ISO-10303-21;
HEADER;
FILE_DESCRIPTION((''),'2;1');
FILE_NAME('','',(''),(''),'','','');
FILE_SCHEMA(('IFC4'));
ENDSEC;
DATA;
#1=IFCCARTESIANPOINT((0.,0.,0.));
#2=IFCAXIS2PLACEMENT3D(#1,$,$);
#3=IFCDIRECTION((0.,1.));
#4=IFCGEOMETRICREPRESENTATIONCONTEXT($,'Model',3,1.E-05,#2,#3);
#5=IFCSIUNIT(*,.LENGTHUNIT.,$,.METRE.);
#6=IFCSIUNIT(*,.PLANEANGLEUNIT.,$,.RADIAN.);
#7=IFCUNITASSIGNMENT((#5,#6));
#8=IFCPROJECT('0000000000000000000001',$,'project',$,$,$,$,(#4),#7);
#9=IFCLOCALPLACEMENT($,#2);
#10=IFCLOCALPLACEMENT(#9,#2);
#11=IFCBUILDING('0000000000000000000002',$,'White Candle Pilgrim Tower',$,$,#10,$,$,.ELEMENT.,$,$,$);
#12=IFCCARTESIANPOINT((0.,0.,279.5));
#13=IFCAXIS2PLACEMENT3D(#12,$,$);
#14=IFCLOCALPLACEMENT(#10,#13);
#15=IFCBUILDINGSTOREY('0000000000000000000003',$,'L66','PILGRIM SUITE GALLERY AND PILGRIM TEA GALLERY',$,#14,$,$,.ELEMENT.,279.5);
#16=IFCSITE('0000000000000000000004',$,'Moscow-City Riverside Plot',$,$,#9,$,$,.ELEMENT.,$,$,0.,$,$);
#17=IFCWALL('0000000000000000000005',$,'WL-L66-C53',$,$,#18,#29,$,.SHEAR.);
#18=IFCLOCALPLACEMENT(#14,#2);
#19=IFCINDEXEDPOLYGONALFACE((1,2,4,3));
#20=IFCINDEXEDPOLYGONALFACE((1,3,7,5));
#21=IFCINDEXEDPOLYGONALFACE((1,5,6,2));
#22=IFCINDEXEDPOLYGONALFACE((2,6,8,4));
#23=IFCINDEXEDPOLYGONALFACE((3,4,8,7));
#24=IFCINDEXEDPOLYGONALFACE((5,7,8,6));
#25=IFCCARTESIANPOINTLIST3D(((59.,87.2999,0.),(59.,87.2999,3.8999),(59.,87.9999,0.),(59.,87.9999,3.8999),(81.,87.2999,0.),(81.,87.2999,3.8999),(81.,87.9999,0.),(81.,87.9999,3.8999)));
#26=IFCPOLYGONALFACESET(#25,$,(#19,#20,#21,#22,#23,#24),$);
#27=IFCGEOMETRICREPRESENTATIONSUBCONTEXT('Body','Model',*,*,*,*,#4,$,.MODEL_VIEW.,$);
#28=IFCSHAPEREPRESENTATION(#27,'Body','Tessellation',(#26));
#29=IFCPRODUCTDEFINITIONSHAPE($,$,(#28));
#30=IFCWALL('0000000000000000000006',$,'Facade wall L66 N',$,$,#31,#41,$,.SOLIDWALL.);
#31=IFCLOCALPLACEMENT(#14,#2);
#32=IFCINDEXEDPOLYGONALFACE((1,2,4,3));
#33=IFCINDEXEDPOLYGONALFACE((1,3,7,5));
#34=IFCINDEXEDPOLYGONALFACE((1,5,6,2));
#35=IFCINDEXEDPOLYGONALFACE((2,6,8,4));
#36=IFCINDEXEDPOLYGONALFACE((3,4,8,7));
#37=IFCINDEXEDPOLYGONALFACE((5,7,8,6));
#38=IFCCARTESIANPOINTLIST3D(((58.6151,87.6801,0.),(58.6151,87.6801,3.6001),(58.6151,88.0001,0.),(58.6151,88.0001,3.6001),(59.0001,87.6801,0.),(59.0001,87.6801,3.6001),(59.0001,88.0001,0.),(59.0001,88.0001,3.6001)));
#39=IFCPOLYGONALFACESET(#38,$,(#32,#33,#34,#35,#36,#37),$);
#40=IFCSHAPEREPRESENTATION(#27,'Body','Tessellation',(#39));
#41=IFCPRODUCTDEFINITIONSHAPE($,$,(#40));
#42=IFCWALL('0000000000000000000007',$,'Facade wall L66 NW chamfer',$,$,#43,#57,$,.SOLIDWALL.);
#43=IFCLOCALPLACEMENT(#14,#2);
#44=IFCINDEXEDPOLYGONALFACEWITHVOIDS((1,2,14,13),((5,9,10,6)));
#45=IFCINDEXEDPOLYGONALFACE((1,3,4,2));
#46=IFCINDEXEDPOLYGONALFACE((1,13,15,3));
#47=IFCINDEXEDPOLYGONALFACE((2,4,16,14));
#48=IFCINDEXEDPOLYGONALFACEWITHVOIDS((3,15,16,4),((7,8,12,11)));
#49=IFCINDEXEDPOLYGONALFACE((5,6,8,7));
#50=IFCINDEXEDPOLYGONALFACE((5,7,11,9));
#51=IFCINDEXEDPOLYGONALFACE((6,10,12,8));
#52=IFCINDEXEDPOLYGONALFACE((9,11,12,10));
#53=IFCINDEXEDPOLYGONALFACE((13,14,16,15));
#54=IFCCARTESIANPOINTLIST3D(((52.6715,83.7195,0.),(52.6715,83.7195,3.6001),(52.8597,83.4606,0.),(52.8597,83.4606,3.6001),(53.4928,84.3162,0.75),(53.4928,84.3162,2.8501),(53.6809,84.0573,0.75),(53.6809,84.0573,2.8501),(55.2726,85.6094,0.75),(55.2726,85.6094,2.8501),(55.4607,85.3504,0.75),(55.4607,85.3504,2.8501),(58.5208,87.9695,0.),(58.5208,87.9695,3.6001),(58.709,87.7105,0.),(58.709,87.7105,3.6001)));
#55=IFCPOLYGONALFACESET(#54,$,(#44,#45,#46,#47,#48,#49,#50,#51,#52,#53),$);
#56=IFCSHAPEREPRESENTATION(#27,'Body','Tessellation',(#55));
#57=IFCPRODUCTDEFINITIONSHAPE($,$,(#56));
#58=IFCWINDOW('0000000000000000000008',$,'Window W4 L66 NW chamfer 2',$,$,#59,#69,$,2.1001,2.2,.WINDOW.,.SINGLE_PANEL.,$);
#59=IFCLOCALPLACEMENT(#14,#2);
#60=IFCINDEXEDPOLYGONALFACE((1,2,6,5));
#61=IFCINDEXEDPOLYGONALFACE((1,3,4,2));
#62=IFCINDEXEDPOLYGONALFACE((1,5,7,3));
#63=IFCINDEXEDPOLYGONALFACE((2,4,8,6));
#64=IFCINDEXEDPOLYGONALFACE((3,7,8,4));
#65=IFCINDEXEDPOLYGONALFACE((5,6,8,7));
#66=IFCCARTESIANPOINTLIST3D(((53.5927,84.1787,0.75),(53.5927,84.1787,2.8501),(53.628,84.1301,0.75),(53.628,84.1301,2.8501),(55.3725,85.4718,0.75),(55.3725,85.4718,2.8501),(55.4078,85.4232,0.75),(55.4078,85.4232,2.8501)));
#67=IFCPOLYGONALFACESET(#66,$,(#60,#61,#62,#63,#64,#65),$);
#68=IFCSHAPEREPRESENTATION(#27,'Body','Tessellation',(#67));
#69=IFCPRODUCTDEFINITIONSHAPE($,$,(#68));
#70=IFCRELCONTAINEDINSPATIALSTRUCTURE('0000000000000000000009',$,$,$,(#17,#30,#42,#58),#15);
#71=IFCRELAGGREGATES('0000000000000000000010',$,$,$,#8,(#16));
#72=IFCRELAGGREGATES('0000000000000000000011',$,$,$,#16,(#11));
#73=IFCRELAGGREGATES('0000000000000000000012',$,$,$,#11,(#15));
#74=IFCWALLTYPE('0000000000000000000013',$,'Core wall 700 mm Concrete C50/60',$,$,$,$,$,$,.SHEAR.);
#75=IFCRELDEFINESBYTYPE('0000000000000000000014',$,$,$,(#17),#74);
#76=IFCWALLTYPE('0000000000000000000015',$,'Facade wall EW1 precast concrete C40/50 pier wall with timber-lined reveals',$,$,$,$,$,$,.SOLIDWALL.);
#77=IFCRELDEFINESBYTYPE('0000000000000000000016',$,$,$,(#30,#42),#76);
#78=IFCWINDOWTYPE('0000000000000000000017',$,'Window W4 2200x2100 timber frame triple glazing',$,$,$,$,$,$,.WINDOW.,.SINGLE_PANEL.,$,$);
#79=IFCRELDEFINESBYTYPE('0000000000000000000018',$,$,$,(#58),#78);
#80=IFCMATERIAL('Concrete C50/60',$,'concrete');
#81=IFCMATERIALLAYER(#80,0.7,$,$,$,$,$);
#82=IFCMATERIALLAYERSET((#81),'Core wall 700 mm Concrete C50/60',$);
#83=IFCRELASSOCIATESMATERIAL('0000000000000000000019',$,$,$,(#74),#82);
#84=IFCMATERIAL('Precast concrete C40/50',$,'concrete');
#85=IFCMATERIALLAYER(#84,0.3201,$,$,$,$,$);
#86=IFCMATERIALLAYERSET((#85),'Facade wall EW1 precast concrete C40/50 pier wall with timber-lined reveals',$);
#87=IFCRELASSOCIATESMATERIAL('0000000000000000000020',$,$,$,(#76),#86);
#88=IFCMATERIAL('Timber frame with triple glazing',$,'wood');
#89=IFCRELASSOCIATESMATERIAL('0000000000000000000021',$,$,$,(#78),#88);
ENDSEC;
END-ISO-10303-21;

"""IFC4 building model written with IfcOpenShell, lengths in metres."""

from ifc_helpers import new_model, si_unit, direction, frame, frame_2d, origin, place, context, subcontext, project, spatial, rectangle, extrude, material, layer, layer_set, type_object, element, fill, save


model = new_model("IFC4")

# Units and contexts
model_context = context("Model", 3, precision=1e-05, world=origin(), true_north=direction((0.0, 1.0)))
body_context = subcontext(model_context, "Body", "Model", "MODEL_VIEW")
ifc_project = project(units=[si_unit("LENGTHUNIT", "METRE"), si_unit("PLANEANGLEUNIT", "RADIAN")], contexts=[model_context])

# Site, building, storey
site_placement = place(None, origin())
site = spatial("IfcSite", under=ifc_project, at=site_placement, Name="Moscow-City Riverside Plot", CompositionType="ELEMENT", RefElevation=0.0)
building_placement = place(site_placement, origin())
building = spatial("IfcBuilding", under=site, at=building_placement, Name="White Candle Pilgrim Tower", CompositionType="ELEMENT")
storey_placement = place(building_placement, frame((0.0, 0.0, 279.5)))
storey = spatial("IfcBuildingStorey", under=building, at=storey_placement, Name="L66", Description="PILGRIM SUITE GALLERY AND PILGRIM TEA GALLERY", CompositionType="ELEMENT", Elevation=279.5)

# Shared definitions
ifc_material_1 = material(Name="Concrete C50/60", Category="concrete")

# Walls
ifc_layer_1 = layer(ifc_material_1, 0.7)
ifc_layer_set_1 = layer_set([ifc_layer_1], Name="Core wall 700 mm Concrete C50/60")
wall_type_1 = type_object("IfcWallType", Name="Core wall 700 mm Concrete C50/60", PredefinedType="SHEAR", material=ifc_layer_set_1)
wall_1_placement = place(storey_placement, frame((59.0, 87.6499, 0.0), z_axis=(0.0, 0.0, 1.0), x_axis=(1.0, 0.0, 0.0)))
element("IfcWall", 1, at=wall_1_placement, inside=storey, type_object=wall_type_1, Name="WL-L66-C53", PredefinedType="SHEAR", context=body_context, shape_type="SweptSolid", body=[
    extrude(rectangle(XDim=22.0, YDim=0.7, at=frame_2d((11.0, 0.0))), origin(), (0.0, 0.0, 1.0), 3.8999),
])
ifc_material_2 = material(Name="Precast concrete C40/50", Category="concrete")
ifc_layer_2 = layer(ifc_material_2, 0.3201)
ifc_layer_set_2 = layer_set([ifc_layer_2], Name="Facade wall EW1 precast concrete C40/50 pier wall with timber-lined reveals")
wall_type_2 = type_object("IfcWallType", Name="Facade wall EW1 precast concrete C40/50 pier wall with timber-lined reveals", PredefinedType="SOLIDWALL", material=ifc_layer_set_2)
wall_2_placement = place(storey_placement, frame((59.0, 87.8401, 0.0), z_axis=(0.0, 0.0, 1.0), x_axis=(-1.0, 0.0, 0.0)))
element("IfcWall", 2, at=wall_2_placement, inside=storey, type_object=wall_type_2, Name="Facade wall L66 N", PredefinedType="SOLIDWALL", context=body_context, shape_type="SweptSolid", body=[
    extrude(rectangle(XDim=0.385, YDim=0.3201, at=frame_2d((0.1924, 0.0))), origin(), (0.0, 0.0, 1.0), 3.6001),
])

# Wall, opening, window
wall_3_placement = place(storey_placement, frame((58.615, 87.8401, 0.0), z_axis=(0.0, 0.0, 1.0), x_axis=(-0.809005, -0.587802, 0.0)))
wall_3 = element("IfcWall", 3, at=wall_3_placement, inside=storey, type_object=wall_type_2, Name="Facade wall L66 NW chamfer", PredefinedType="SOLIDWALL", context=body_context, shape_type="SweptSolid", body=[
    extrude(rectangle(XDim=7.2302, YDim=0.3201, at=frame_2d((3.6152, 0.0))), origin(), (0.0, 0.0, 1.0), 3.6001),
])
opening_1_placement = place(wall_3_placement, frame((4.0151, 0.0, 0.75)))
opening_1 = element("IfcOpeningElement", 4, at=opening_1_placement, cuts=wall_3, PredefinedType="OPENING", context=body_context, shape_type="SweptSolid", body=[
    extrude(rectangle(XDim=2.2, YDim=2.1001, at=frame_2d((1.1001, 1.05))), frame((0.0, 0.1699, 0.0), z_axis=(0.0, -1.0, 0.0), x_axis=(1.0, 0.0, 0.0)), (0.0, 0.0, 1.0), 0.3401),
])
ifc_material_3 = material(Name="Timber frame with triple glazing", Category="wood")
window_type_1 = type_object("IfcWindowType", Name="Window W4 2200x2100 timber frame triple glazing", PartitioningType="SINGLE_PANEL", PredefinedType="WINDOW", material=ifc_material_3)
window_1_placement = place(opening_1_placement, origin())
window_1 = element("IfcWindow", 5, at=window_1_placement, inside=storey, type_object=window_type_1, Name="Window W4 L66 NW chamfer 2", OverallHeight=2.1001, OverallWidth=2.2, PartitioningType="SINGLE_PANEL", PredefinedType="WINDOW", context=body_context, shape_type="SweptSolid", body=[
    extrude(rectangle(XDim=2.2, YDim=2.1001, at=frame_2d((1.1001, 1.05))), frame((0.0, 0.0701, 0.0), z_axis=(0.0, -1.0, 0.0), x_axis=(1.0, 0.0, 0.0)), (0.0, 0.0, 1.0), 0.0601),
])
fill(opening_1, window_1)

save(model, "model.ifc")
